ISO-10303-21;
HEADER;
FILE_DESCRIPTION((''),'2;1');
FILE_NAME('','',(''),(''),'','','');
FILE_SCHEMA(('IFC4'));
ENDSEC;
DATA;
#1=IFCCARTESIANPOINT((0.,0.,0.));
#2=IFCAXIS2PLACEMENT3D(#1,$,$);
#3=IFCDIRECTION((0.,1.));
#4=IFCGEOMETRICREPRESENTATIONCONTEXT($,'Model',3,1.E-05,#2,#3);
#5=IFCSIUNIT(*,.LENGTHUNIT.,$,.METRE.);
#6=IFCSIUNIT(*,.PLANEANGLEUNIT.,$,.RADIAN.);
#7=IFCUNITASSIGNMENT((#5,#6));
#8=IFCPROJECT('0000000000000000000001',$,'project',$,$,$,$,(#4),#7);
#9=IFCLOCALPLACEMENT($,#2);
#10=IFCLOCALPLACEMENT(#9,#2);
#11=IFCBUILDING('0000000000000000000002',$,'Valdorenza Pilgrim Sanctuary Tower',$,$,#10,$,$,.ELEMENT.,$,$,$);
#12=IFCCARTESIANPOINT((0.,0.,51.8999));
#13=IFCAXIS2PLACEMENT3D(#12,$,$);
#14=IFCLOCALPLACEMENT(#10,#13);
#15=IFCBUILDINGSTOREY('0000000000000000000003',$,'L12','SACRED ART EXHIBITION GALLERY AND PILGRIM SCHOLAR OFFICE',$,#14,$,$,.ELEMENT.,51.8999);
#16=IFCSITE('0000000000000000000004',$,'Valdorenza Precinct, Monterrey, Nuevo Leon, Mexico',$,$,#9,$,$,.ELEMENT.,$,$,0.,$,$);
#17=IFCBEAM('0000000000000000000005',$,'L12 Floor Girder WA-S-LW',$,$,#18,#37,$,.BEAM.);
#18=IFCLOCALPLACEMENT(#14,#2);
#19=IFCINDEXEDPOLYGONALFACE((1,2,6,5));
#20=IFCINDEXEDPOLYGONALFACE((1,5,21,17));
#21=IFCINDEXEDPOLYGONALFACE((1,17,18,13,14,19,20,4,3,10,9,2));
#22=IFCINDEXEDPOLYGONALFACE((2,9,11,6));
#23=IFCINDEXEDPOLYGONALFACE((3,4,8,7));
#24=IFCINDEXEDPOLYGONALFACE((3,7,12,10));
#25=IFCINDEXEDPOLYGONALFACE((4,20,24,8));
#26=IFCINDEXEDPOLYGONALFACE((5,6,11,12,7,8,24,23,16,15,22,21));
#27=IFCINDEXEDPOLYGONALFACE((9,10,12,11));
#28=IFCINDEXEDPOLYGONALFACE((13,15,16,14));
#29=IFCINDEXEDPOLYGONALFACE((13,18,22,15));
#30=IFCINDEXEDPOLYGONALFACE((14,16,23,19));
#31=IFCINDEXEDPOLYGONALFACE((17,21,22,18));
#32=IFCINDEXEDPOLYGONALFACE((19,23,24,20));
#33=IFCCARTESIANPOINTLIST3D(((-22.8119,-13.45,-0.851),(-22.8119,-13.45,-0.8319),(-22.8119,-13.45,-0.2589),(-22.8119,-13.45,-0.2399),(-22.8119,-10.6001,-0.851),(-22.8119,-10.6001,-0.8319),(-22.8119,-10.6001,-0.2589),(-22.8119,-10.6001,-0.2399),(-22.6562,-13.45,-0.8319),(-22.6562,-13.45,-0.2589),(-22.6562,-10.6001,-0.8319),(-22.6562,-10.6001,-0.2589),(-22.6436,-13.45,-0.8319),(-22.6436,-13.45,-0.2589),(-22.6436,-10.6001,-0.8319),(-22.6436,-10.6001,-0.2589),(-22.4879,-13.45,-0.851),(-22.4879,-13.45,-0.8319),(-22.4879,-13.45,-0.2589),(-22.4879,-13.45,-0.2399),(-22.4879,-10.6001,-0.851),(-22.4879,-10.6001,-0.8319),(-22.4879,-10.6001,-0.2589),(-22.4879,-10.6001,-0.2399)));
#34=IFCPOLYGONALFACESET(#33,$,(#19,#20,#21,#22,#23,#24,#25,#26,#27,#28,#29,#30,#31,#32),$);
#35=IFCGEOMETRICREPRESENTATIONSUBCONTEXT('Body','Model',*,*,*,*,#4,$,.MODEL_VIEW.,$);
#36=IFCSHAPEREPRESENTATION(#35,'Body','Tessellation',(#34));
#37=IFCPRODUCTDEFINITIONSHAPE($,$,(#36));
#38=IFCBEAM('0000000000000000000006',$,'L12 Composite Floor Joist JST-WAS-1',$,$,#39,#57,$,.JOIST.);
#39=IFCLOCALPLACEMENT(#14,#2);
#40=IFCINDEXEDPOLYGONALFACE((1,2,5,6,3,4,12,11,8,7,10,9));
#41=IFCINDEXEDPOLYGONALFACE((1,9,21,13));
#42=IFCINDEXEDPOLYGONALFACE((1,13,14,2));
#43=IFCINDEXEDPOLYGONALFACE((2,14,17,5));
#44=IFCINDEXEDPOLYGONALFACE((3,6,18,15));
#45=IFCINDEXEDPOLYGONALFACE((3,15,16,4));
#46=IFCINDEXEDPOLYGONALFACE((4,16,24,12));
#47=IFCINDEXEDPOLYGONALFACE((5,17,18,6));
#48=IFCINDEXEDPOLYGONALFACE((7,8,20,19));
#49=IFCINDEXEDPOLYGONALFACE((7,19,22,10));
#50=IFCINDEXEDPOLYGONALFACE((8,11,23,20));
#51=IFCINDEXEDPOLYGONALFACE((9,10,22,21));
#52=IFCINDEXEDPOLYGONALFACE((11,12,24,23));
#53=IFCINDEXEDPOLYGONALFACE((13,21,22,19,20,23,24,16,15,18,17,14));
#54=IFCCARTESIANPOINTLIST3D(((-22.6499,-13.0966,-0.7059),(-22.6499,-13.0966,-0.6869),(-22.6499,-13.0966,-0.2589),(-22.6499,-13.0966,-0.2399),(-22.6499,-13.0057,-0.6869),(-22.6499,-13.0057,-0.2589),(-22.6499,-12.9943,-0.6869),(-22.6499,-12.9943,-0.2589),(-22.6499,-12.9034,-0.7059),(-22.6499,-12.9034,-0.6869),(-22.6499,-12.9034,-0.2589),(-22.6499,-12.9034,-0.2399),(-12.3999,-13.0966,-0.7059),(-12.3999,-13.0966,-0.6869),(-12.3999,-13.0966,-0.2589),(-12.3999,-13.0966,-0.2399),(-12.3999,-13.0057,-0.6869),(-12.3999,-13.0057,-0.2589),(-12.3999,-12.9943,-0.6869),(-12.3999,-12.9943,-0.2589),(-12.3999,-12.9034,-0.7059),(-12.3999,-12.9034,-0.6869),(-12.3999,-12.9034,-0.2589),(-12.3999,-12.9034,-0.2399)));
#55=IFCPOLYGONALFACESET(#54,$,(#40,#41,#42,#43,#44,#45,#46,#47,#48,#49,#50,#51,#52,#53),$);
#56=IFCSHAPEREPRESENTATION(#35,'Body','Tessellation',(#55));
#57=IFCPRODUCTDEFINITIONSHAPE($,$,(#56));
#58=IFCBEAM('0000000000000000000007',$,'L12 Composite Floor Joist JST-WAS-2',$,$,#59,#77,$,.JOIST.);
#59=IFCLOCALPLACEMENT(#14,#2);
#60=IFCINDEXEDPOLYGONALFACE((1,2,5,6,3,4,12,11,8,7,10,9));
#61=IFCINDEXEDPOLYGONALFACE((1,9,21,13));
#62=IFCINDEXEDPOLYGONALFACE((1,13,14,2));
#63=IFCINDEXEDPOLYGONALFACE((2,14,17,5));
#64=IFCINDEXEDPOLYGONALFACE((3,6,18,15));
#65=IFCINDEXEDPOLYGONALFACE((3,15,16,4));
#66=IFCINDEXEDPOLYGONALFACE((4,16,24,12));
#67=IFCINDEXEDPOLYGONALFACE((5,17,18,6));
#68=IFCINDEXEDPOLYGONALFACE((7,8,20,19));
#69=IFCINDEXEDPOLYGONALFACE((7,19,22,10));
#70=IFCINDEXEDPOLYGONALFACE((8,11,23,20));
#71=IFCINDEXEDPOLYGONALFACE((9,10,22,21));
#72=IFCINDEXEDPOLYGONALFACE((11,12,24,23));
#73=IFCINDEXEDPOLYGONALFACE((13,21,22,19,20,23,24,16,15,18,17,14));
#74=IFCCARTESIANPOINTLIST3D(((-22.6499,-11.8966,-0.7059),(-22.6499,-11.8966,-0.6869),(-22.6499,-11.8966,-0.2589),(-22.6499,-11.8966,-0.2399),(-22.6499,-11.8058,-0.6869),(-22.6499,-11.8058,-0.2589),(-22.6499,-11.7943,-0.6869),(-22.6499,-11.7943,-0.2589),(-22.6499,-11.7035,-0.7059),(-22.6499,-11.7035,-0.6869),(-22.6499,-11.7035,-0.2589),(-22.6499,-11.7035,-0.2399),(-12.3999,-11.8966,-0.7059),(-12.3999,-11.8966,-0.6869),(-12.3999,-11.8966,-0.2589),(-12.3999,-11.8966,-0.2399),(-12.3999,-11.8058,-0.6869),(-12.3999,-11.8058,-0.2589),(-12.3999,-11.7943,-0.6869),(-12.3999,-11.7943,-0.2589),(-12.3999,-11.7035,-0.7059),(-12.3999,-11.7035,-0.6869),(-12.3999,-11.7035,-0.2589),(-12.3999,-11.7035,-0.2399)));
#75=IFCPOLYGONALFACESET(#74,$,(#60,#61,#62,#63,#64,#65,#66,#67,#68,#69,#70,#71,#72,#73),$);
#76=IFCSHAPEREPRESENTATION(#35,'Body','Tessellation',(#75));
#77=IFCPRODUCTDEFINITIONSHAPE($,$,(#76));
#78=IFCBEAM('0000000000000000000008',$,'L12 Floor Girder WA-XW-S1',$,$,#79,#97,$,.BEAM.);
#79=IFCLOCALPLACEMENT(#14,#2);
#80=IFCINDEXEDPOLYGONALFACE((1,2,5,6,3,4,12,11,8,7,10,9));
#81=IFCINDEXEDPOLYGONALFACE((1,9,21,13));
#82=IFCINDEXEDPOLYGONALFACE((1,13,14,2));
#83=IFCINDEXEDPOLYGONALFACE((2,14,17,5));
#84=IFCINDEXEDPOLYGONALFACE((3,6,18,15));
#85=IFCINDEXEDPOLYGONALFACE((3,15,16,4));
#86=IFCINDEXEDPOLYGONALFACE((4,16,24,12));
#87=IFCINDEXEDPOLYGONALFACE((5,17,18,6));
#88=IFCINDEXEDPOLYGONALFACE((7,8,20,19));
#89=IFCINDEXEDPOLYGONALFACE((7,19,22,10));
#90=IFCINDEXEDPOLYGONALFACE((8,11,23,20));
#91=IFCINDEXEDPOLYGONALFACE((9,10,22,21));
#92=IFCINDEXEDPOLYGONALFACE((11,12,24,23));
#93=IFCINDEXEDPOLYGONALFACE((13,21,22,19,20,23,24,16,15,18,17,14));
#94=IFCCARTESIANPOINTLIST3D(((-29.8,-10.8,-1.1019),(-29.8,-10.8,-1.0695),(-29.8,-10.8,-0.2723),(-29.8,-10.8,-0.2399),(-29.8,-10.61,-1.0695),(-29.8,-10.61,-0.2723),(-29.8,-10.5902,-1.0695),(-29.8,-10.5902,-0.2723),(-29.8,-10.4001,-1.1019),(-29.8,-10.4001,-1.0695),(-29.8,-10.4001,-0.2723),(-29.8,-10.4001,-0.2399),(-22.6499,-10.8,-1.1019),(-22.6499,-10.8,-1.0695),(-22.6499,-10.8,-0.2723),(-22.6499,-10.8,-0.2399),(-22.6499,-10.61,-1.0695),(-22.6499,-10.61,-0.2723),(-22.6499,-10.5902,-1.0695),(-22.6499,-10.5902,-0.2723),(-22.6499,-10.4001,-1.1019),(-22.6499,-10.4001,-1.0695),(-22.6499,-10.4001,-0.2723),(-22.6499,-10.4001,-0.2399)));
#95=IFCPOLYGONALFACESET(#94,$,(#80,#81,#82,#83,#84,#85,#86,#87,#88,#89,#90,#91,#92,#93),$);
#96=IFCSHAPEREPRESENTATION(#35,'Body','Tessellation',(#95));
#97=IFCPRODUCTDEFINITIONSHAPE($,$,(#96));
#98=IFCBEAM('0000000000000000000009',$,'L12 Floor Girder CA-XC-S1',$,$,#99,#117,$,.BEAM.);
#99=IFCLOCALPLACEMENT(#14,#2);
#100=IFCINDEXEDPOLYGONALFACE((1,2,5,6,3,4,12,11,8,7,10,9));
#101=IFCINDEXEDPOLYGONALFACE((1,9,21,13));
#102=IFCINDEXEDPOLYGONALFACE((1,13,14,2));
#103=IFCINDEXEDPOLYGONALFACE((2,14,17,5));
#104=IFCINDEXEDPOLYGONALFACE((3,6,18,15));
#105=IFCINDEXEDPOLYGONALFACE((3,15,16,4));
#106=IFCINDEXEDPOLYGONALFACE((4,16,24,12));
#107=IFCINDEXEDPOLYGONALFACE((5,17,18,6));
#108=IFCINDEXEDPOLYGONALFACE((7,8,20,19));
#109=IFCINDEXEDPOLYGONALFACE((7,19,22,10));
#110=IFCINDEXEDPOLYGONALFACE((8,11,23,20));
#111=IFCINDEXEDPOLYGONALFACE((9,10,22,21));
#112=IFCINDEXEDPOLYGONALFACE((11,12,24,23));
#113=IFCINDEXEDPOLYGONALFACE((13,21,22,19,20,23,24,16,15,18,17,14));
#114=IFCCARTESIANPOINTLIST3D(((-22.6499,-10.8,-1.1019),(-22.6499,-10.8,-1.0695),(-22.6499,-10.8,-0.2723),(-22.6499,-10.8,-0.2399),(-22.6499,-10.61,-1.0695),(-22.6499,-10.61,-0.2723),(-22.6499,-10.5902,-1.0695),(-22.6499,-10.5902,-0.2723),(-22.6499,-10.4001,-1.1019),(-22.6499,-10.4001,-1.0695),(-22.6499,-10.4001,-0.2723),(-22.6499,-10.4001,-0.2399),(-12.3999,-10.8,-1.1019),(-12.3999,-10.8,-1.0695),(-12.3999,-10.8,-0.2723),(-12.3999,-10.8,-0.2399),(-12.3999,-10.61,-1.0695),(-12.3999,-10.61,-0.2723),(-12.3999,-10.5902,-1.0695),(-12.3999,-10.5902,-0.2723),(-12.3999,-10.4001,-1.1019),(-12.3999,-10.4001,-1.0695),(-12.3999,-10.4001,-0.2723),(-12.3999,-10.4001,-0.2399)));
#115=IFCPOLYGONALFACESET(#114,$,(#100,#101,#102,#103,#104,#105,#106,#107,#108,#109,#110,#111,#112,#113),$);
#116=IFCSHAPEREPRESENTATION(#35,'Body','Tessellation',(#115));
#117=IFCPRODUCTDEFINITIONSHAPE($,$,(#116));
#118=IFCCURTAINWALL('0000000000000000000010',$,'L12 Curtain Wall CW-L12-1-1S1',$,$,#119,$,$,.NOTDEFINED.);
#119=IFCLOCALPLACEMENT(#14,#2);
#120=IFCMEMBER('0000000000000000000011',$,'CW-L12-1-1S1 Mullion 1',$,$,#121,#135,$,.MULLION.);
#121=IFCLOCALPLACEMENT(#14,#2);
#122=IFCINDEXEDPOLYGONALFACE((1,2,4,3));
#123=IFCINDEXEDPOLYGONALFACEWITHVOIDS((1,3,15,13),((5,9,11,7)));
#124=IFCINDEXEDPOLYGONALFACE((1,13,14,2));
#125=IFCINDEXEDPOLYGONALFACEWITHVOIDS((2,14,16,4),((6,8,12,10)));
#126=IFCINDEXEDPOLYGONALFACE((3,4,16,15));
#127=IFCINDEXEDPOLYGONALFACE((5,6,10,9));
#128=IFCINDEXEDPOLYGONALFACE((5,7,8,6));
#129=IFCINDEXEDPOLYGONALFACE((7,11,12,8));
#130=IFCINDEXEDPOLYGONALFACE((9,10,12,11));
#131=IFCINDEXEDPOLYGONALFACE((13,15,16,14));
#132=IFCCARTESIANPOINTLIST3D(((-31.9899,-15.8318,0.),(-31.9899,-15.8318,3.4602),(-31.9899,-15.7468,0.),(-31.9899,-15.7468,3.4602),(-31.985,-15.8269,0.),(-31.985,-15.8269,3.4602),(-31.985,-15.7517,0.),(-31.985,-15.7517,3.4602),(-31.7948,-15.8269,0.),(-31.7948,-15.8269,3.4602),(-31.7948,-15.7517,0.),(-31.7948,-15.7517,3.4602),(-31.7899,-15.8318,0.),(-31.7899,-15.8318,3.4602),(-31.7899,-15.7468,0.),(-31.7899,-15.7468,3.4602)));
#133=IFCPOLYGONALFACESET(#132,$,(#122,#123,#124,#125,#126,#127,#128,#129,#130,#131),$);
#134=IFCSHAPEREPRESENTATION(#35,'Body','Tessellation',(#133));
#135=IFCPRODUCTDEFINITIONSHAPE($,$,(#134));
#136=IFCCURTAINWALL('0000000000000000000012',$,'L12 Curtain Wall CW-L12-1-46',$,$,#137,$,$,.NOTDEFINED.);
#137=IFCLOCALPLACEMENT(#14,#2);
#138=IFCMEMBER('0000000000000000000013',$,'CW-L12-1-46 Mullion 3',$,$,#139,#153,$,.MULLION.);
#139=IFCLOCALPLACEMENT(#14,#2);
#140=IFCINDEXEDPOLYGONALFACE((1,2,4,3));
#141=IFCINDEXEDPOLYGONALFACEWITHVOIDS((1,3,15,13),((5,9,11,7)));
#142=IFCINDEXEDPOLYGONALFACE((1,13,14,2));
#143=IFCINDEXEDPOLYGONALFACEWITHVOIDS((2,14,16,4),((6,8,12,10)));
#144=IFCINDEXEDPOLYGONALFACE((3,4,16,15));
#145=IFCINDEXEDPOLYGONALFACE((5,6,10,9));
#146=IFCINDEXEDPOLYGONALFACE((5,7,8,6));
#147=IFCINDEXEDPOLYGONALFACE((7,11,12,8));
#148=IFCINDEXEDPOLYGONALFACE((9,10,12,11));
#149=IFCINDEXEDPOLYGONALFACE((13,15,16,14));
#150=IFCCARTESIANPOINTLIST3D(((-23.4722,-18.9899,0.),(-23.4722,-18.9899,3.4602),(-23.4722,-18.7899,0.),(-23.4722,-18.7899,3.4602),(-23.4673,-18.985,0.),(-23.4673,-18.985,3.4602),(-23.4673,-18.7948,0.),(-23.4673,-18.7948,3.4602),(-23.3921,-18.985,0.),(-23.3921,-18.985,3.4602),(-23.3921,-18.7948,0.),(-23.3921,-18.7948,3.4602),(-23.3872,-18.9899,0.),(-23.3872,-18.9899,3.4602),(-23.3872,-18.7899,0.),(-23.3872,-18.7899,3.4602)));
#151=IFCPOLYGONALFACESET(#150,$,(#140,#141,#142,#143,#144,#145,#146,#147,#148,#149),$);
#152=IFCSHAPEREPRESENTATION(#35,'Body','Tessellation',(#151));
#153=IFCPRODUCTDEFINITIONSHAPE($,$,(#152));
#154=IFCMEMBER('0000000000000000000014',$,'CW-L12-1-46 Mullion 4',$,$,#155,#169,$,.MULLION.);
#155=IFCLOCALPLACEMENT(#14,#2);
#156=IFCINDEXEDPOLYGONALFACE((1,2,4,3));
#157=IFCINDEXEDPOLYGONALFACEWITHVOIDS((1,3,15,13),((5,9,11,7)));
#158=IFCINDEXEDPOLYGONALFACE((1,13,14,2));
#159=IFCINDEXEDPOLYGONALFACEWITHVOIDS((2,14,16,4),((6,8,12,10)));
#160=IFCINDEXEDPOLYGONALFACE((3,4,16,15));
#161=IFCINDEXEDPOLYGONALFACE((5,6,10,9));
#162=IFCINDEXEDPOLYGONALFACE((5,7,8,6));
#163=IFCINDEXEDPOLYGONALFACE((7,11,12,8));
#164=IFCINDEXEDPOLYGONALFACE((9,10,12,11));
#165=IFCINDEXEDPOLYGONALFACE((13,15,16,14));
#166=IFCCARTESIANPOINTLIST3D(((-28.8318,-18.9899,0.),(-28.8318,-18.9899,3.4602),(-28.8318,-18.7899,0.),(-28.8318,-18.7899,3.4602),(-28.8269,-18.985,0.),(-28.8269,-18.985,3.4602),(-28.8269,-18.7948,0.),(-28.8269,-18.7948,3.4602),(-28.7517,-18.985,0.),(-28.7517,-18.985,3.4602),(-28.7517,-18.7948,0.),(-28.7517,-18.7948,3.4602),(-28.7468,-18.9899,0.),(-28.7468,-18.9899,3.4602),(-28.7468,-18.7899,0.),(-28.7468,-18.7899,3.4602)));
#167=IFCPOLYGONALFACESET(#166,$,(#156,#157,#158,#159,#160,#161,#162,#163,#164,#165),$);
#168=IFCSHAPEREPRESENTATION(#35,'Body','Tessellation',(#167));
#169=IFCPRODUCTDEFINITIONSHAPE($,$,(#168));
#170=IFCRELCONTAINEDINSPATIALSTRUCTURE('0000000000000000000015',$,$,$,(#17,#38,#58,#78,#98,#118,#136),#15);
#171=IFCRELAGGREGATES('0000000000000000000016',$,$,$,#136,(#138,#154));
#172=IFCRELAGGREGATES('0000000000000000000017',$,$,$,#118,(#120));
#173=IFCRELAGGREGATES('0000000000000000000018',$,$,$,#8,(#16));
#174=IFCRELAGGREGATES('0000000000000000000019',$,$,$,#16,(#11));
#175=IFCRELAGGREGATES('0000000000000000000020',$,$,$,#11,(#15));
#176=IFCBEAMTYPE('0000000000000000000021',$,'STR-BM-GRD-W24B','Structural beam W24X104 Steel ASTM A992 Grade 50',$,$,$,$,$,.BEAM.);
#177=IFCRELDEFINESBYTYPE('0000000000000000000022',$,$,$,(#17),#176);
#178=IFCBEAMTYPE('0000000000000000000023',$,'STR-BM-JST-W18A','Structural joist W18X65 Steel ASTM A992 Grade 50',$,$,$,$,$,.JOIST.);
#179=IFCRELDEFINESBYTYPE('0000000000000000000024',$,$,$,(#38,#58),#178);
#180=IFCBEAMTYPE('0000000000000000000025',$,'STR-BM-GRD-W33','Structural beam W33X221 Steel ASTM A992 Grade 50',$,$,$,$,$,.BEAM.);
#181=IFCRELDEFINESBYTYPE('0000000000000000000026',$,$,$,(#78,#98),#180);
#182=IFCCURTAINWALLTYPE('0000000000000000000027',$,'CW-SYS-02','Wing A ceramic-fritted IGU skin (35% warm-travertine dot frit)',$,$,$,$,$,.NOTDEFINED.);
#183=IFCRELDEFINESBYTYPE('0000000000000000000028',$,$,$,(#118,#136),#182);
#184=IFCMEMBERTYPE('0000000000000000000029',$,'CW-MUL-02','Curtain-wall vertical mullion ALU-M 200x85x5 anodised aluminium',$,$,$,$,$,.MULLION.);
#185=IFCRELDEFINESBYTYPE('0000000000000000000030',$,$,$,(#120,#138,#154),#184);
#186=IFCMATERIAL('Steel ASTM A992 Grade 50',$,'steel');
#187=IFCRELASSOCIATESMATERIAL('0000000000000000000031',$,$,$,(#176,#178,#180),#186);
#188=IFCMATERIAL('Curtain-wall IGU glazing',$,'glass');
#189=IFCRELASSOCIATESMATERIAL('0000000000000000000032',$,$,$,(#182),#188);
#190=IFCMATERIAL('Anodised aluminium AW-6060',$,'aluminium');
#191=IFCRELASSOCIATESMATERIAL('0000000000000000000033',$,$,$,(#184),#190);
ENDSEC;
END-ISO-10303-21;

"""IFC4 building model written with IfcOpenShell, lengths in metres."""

from ifc_helpers import new_model, si_unit, direction, frame, origin, origin_2d, place, context, subcontext, project, spatial, hollow_rectangle, i_section, extrude, source, transform, mapped, material, material_profile, profile_set, type_object, element, aggregate, save


model = new_model("IFC4")

# Units and contexts
model_context = context("Model", 3, precision=1e-05, world=origin(), true_north=direction((0.0, 1.0)))
body_context = subcontext(model_context, "Body", "Model", "MODEL_VIEW")
ifc_project = project(units=[si_unit("LENGTHUNIT", "METRE"), si_unit("PLANEANGLEUNIT", "RADIAN")], contexts=[model_context])

# Site, building, storey
site_placement = place(None, origin())
site = spatial("IfcSite", under=ifc_project, at=site_placement, Name="Valdorenza Precinct, Monterrey, Nuevo Leon, Mexico", CompositionType="ELEMENT", RefElevation=0.0)
building_placement = place(site_placement, origin())
building = spatial("IfcBuilding", under=site, at=building_placement, Name="Valdorenza Pilgrim Sanctuary Tower", CompositionType="ELEMENT")
storey_placement = place(building_placement, frame((0.0, 0.0, 51.8999)))
storey = spatial("IfcBuildingStorey", under=building, at=storey_placement, Name="L12", Description="SACRED ART EXHIBITION GALLERY AND PILGRIM SCHOLAR OFFICE", CompositionType="ELEMENT", Elevation=51.8999)

# Shared definitions
ifc_material_1 = material(Name="Steel ASTM A992 Grade 50", Category="steel")

# Beams
ifc_material_profile_1 = material_profile(ifc_material_1, i_section(OverallWidth=0.324, OverallDepth=0.6111, WebThickness=0.0127, FlangeThickness=0.019, at=origin_2d()), Name="W24X104")
ifc_profile_set_1 = profile_set([ifc_material_profile_1], Name="Steel ASTM A992 Grade 50")
beam_type_1 = type_object("IfcBeamType", Name="STR-BM-GRD-W24B", Description="Structural beam W24X104 Steel ASTM A992 Grade 50", PredefinedType="BEAM", material=ifc_profile_set_1)
shared_shape_1 = source(origin(), body_context, "Body", "SweptSolid", [
    extrude(i_section(OverallWidth=0.324, OverallDepth=0.6111, WebThickness=0.0127, FlangeThickness=0.019, at=origin_2d()), origin(), (0.0, 0.0, 1.0), 2.8499),
])
beam_1_placement = place(storey_placement, frame((-22.6499, -13.45, -0.5454), z_axis=(0.0, 1.0, 0.0), x_axis=(-1.0, 0.0, 0.0)))
element("IfcBeam", 1, at=beam_1_placement, inside=storey, type_object=beam_type_1, Name="L12 Floor Girder WA-S-LW", PredefinedType="BEAM", context=body_context, shape_type="MappedRepresentation", body=[
    mapped(shared_shape_1, transform((0.0, 0.0, 0.0), x_axis=(1.0, 0.0, 0.0), y_axis=(0.0, 1.0, 0.0), z_axis=(0.0, 0.0, 1.0), scale=1.0)),
])
ifc_material_profile_2 = material_profile(ifc_material_1, i_section(OverallWidth=0.1931, OverallDepth=0.4661, WebThickness=0.0115, FlangeThickness=0.019, at=origin_2d()), Name="W18X65")
ifc_profile_set_2 = profile_set([ifc_material_profile_2], Name="Steel ASTM A992 Grade 50")
beam_type_2 = type_object("IfcBeamType", Name="STR-BM-JST-W18A", Description="Structural joist W18X65 Steel ASTM A992 Grade 50", PredefinedType="JOIST", material=ifc_profile_set_2)
shared_shape_2 = source(origin(), body_context, "Body", "SweptSolid", [
    extrude(i_section(OverallWidth=0.1931, OverallDepth=0.4661, WebThickness=0.0115, FlangeThickness=0.019, at=origin_2d()), origin(), (0.0, 0.0, 1.0), 10.25),
])
for number, where, z_axis, x_axis, name in (
    (2, (-22.6499, -13.0, -0.4729), (1.0, 0.0, 0.0), (0.0, 1.0, 0.0), "L12 Composite Floor Joist JST-WAS-1"),
    (3, (-22.6499, -11.8, -0.4729), (1.0, 0.0, 0.0), (0.0, 1.0, 0.0), "L12 Composite Floor Joist JST-WAS-2"),
):
    element("IfcBeam", number, at=place(storey_placement, frame(where, z_axis=z_axis, x_axis=x_axis)), inside=storey, type_object=beam_type_2, Name=name, PredefinedType="JOIST", context=body_context, shape_type="MappedRepresentation", body=[
        mapped(shared_shape_2, transform((0.0, 0.0, 0.0), x_axis=(1.0, 0.0, 0.0), y_axis=(0.0, 1.0, 0.0), z_axis=(0.0, 0.0, 1.0), scale=1.0)),
    ])
ifc_material_profile_3 = material_profile(ifc_material_1, i_section(OverallWidth=0.3999, OverallDepth=0.8621, WebThickness=0.0198, FlangeThickness=0.0325, at=origin_2d()), Name="W33X221")
ifc_profile_set_3 = profile_set([ifc_material_profile_3], Name="Steel ASTM A992 Grade 50")
beam_type_3 = type_object("IfcBeamType", Name="STR-BM-GRD-W33", Description="Structural beam W33X221 Steel ASTM A992 Grade 50", PredefinedType="BEAM", material=ifc_profile_set_3)
shared_shape_3 = source(origin(), body_context, "Body", "SweptSolid", [
    extrude(i_section(OverallWidth=0.3999, OverallDepth=0.8621, WebThickness=0.0198, FlangeThickness=0.0325, at=origin_2d()), origin(), (0.0, 0.0, 1.0), 7.1501),
])
beam_2_placement = place(storey_placement, frame((-29.8, -10.6001, -0.6709), z_axis=(1.0, 0.0, 0.0), x_axis=(0.0, 1.0, 0.0)))
element("IfcBeam", 4, at=beam_2_placement, inside=storey, type_object=beam_type_3, Name="L12 Floor Girder WA-XW-S1", PredefinedType="BEAM", context=body_context, shape_type="MappedRepresentation", body=[
    mapped(shared_shape_3, transform((0.0, 0.0, 0.0), x_axis=(1.0, 0.0, 0.0), y_axis=(0.0, 1.0, 0.0), z_axis=(0.0, 0.0, 1.0), scale=1.0)),
])
shared_shape_4 = source(origin(), body_context, "Body", "SweptSolid", [
    extrude(i_section(OverallWidth=0.3999, OverallDepth=0.8621, WebThickness=0.0198, FlangeThickness=0.0325, at=origin_2d()), origin(), (0.0, 0.0, 1.0), 10.25),
])
beam_3_placement = place(storey_placement, frame((-22.6499, -10.6001, -0.6709), z_axis=(1.0, 0.0, 0.0), x_axis=(0.0, 1.0, 0.0)))
element("IfcBeam", 5, at=beam_3_placement, inside=storey, type_object=beam_type_3, Name="L12 Floor Girder CA-XC-S1", PredefinedType="BEAM", context=body_context, shape_type="MappedRepresentation", body=[
    mapped(shared_shape_4, transform((0.0, 0.0, 0.0), x_axis=(1.0, 0.0, 0.0), y_axis=(0.0, 1.0, 0.0), z_axis=(0.0, 0.0, 1.0), scale=1.0)),
])

# Curtain wall, member
ifc_material_2 = material(Name="Curtain-wall IGU glazing", Category="glass")
curtain_wall_type = type_object("IfcCurtainWallType", Name="CW-SYS-02", Description="Wing A ceramic-fritted IGU skin (35% warm-travertine dot frit)", PredefinedType="NOTDEFINED", material=ifc_material_2)
curtain_wall_1_placement = place(storey_placement, origin())
curtain_wall_1 = element("IfcCurtainWall", 6, at=curtain_wall_1_placement, inside=storey, type_object=curtain_wall_type, Name="L12 Curtain Wall CW-L12-1-1S1", PredefinedType="NOTDEFINED")
ifc_material_3 = material(Name="Anodised aluminium AW-6060", Category="aluminium")
ifc_material_profile_4 = material_profile(ifc_material_3, hollow_rectangle(XDim=0.085, YDim=0.2, WallThickness=0.0049, at=origin_2d()), Name="ALU-M 200x85x5")
ifc_profile_set_4 = profile_set([ifc_material_profile_4], Name="Anodised aluminium AW-6060")
member_type_1 = type_object("IfcMemberType", Name="CW-MUL-02", Description="Curtain-wall vertical mullion ALU-M 200x85x5 anodised aluminium", PredefinedType="MULLION", material=ifc_profile_set_4)
shared_shape_5 = source(origin(), body_context, "Body", "SweptSolid", [
    extrude(hollow_rectangle(XDim=0.085, YDim=0.2, WallThickness=0.0049, at=origin_2d()), origin(), (0.0, 0.0, 1.0), 3.4602),
])
member_1_placement = place(storey_placement, frame((-31.8899, -15.7893, 0.0), z_axis=(0.0, 0.0, 1.0), x_axis=(0.0, 1.0, 0.0)))
member_1 = element("IfcMember", 7, at=member_1_placement, type_object=member_type_1, Name="CW-L12-1-1S1 Mullion 1", PredefinedType="MULLION", context=body_context, shape_type="MappedRepresentation", body=[
    mapped(shared_shape_5, transform((0.0, 0.0, 0.0), x_axis=(1.0, 0.0, 0.0), y_axis=(0.0, 1.0, 0.0), z_axis=(0.0, 0.0, 1.0), scale=1.0)),
])

# Curtain wall, members
curtain_wall_2_placement = place(storey_placement, origin())
curtain_wall_2 = element("IfcCurtainWall", 8, at=curtain_wall_2_placement, inside=storey, type_object=curtain_wall_type, Name="L12 Curtain Wall CW-L12-1-46", PredefinedType="NOTDEFINED")
member_2_placement = place(storey_placement, frame((-23.4297, -18.8899, 0.0), z_axis=(0.0, 0.0, 1.0), x_axis=(-1.0, 0.0, 0.0)))
member_2 = element("IfcMember", 9, at=member_2_placement, type_object=member_type_1, Name="CW-L12-1-46 Mullion 3", PredefinedType="MULLION", context=body_context, shape_type="MappedRepresentation", body=[
    mapped(shared_shape_5, transform((0.0, 0.0, 0.0), x_axis=(1.0, 0.0, 0.0), y_axis=(0.0, 1.0, 0.0), z_axis=(0.0, 0.0, 1.0), scale=1.0)),
])
member_3_placement = place(storey_placement, frame((-28.7893, -18.8899, 0.0), z_axis=(0.0, 0.0, 1.0), x_axis=(-1.0, 0.0, 0.0)))
member_3 = element("IfcMember", 10, at=member_3_placement, type_object=member_type_1, Name="CW-L12-1-46 Mullion 4", PredefinedType="MULLION", context=body_context, shape_type="MappedRepresentation", body=[
    mapped(shared_shape_5, transform((0.0, 0.0, 0.0), x_axis=(1.0, 0.0, 0.0), y_axis=(0.0, 1.0, 0.0), z_axis=(0.0, 0.0, 1.0), scale=1.0)),
])

aggregate(curtain_wall_2, [member_2, member_3])
aggregate(curtain_wall_1, [member_1])

save(model, "model.ifc")
